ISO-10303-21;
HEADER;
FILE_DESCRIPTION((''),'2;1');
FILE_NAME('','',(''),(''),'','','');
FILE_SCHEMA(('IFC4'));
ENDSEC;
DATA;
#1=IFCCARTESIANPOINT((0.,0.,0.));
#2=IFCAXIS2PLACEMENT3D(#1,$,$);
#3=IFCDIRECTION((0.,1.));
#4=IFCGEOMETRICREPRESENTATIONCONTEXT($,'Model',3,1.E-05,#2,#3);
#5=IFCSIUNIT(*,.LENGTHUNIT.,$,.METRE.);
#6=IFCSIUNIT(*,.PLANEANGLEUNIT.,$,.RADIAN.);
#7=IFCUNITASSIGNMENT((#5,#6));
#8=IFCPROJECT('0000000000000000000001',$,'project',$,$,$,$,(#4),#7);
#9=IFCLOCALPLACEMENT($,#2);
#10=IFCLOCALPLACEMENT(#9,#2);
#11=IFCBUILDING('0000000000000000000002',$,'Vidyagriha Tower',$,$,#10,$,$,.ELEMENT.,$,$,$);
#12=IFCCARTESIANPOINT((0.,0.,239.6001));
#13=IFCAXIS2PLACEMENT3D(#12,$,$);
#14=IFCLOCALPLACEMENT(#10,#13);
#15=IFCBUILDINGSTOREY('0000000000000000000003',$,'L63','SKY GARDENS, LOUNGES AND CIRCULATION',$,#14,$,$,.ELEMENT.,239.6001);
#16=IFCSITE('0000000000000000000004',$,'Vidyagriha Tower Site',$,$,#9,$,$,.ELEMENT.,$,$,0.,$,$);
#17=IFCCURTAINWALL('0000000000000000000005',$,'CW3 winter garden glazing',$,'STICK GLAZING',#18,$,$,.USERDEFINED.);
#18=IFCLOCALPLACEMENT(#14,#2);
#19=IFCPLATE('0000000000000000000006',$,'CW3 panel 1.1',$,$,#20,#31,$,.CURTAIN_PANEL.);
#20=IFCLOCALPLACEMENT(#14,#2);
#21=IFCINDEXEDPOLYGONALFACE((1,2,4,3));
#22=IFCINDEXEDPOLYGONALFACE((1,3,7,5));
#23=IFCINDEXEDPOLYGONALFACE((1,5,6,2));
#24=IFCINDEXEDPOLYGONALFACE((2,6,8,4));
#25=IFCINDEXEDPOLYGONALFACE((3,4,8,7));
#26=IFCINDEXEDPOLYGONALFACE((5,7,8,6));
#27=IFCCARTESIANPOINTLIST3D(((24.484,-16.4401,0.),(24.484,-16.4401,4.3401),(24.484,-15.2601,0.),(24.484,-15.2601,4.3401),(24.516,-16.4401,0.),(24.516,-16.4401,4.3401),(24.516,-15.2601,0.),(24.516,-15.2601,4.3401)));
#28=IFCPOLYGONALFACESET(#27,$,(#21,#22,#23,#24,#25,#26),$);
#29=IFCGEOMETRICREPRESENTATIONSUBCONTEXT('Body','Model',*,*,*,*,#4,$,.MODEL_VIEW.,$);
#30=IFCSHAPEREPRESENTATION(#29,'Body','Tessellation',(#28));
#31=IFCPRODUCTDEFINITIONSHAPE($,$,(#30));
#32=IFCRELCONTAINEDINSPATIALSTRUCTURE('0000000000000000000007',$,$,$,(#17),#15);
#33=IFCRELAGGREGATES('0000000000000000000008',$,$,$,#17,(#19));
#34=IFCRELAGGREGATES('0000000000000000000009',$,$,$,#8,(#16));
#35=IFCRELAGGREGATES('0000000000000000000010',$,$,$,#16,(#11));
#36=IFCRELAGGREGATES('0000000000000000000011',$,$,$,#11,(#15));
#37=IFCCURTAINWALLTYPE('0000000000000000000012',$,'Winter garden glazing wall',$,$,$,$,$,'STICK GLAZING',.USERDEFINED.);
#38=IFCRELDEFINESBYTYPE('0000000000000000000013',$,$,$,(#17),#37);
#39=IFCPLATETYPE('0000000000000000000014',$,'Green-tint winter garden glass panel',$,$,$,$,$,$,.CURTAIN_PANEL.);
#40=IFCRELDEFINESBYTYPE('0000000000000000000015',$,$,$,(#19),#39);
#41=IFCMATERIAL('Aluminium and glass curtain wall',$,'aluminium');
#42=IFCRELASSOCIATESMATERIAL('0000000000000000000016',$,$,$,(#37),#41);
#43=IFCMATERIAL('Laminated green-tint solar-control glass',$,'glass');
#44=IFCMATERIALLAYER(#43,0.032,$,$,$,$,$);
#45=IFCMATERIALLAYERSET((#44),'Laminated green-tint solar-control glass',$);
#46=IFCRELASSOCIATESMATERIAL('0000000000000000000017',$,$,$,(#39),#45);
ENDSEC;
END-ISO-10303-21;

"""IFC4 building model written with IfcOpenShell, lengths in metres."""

from ifc_helpers import new_model, si_unit, direction, frame, origin, origin_2d, place, context, subcontext, project, spatial, rectangle, extrude, material, layer, layer_set, type_object, element, aggregate, save


model = new_model("IFC4")

# Units and contexts
model_context = context("Model", 3, precision=1e-05, world=origin(), true_north=direction((0.0, 1.0)))
body_context = subcontext(model_context, "Body", "Model", "MODEL_VIEW")
ifc_project = project(units=[si_unit("LENGTHUNIT", "METRE"), si_unit("PLANEANGLEUNIT", "RADIAN")], contexts=[model_context])

# Site, building, storey
site_placement = place(None, origin())
site = spatial("IfcSite", under=ifc_project, at=site_placement, Name="Vidyagriha Tower Site", CompositionType="ELEMENT", RefElevation=0.0)
building_placement = place(site_placement, origin())
building = spatial("IfcBuilding", under=site, at=building_placement, Name="Vidyagriha Tower", CompositionType="ELEMENT")
storey_placement = place(building_placement, frame((0.0, 0.0, 239.6001)))
storey = spatial("IfcBuildingStorey", under=building, at=storey_placement, Name="L63", Description="SKY GARDENS, LOUNGES AND CIRCULATION", CompositionType="ELEMENT", Elevation=239.6001)

# Curtain wall
ifc_material_1 = material(Name="Aluminium and glass curtain wall", Category="aluminium")
curtain_wall_type = type_object("IfcCurtainWallType", Name="Winter garden glazing wall", ElementType="STICK GLAZING", PredefinedType="USERDEFINED", material=ifc_material_1)
curtain_wall_1_placement = place(storey_placement, origin())
curtain_wall_1 = element("IfcCurtainWall", 1, at=curtain_wall_1_placement, inside=storey, type_object=curtain_wall_type, Name="CW3 winter garden glazing", ObjectType="STICK GLAZING", PredefinedType="USERDEFINED")

# Plate
ifc_material_2 = material(Name="Laminated green-tint solar-control glass", Category="glass")
ifc_layer = layer(ifc_material_2, 0.032)
ifc_layer_set = layer_set([ifc_layer], Name="Laminated green-tint solar-control glass")
plate_type = type_object("IfcPlateType", Name="Green-tint winter garden glass panel", PredefinedType="CURTAIN_PANEL", material=ifc_layer_set)
plate_1_placement = place(storey_placement, frame((24.5, -15.8501, 0.0), z_axis=(0.0, 0.0, 1.0), x_axis=(0.0, 1.0, 0.0)))
plate_1 = element("IfcPlate", 2, at=plate_1_placement, type_object=plate_type, Name="CW3 panel 1.1", PredefinedType="CURTAIN_PANEL", context=body_context, shape_type="SweptSolid", body=[
    extrude(rectangle(XDim=1.1799, YDim=0.032, at=origin_2d()), origin(), (0.0, 0.0, 1.0), 4.3401),
])
aggregate(curtain_wall_1, [plate_1])

save(model, "model.ifc")
